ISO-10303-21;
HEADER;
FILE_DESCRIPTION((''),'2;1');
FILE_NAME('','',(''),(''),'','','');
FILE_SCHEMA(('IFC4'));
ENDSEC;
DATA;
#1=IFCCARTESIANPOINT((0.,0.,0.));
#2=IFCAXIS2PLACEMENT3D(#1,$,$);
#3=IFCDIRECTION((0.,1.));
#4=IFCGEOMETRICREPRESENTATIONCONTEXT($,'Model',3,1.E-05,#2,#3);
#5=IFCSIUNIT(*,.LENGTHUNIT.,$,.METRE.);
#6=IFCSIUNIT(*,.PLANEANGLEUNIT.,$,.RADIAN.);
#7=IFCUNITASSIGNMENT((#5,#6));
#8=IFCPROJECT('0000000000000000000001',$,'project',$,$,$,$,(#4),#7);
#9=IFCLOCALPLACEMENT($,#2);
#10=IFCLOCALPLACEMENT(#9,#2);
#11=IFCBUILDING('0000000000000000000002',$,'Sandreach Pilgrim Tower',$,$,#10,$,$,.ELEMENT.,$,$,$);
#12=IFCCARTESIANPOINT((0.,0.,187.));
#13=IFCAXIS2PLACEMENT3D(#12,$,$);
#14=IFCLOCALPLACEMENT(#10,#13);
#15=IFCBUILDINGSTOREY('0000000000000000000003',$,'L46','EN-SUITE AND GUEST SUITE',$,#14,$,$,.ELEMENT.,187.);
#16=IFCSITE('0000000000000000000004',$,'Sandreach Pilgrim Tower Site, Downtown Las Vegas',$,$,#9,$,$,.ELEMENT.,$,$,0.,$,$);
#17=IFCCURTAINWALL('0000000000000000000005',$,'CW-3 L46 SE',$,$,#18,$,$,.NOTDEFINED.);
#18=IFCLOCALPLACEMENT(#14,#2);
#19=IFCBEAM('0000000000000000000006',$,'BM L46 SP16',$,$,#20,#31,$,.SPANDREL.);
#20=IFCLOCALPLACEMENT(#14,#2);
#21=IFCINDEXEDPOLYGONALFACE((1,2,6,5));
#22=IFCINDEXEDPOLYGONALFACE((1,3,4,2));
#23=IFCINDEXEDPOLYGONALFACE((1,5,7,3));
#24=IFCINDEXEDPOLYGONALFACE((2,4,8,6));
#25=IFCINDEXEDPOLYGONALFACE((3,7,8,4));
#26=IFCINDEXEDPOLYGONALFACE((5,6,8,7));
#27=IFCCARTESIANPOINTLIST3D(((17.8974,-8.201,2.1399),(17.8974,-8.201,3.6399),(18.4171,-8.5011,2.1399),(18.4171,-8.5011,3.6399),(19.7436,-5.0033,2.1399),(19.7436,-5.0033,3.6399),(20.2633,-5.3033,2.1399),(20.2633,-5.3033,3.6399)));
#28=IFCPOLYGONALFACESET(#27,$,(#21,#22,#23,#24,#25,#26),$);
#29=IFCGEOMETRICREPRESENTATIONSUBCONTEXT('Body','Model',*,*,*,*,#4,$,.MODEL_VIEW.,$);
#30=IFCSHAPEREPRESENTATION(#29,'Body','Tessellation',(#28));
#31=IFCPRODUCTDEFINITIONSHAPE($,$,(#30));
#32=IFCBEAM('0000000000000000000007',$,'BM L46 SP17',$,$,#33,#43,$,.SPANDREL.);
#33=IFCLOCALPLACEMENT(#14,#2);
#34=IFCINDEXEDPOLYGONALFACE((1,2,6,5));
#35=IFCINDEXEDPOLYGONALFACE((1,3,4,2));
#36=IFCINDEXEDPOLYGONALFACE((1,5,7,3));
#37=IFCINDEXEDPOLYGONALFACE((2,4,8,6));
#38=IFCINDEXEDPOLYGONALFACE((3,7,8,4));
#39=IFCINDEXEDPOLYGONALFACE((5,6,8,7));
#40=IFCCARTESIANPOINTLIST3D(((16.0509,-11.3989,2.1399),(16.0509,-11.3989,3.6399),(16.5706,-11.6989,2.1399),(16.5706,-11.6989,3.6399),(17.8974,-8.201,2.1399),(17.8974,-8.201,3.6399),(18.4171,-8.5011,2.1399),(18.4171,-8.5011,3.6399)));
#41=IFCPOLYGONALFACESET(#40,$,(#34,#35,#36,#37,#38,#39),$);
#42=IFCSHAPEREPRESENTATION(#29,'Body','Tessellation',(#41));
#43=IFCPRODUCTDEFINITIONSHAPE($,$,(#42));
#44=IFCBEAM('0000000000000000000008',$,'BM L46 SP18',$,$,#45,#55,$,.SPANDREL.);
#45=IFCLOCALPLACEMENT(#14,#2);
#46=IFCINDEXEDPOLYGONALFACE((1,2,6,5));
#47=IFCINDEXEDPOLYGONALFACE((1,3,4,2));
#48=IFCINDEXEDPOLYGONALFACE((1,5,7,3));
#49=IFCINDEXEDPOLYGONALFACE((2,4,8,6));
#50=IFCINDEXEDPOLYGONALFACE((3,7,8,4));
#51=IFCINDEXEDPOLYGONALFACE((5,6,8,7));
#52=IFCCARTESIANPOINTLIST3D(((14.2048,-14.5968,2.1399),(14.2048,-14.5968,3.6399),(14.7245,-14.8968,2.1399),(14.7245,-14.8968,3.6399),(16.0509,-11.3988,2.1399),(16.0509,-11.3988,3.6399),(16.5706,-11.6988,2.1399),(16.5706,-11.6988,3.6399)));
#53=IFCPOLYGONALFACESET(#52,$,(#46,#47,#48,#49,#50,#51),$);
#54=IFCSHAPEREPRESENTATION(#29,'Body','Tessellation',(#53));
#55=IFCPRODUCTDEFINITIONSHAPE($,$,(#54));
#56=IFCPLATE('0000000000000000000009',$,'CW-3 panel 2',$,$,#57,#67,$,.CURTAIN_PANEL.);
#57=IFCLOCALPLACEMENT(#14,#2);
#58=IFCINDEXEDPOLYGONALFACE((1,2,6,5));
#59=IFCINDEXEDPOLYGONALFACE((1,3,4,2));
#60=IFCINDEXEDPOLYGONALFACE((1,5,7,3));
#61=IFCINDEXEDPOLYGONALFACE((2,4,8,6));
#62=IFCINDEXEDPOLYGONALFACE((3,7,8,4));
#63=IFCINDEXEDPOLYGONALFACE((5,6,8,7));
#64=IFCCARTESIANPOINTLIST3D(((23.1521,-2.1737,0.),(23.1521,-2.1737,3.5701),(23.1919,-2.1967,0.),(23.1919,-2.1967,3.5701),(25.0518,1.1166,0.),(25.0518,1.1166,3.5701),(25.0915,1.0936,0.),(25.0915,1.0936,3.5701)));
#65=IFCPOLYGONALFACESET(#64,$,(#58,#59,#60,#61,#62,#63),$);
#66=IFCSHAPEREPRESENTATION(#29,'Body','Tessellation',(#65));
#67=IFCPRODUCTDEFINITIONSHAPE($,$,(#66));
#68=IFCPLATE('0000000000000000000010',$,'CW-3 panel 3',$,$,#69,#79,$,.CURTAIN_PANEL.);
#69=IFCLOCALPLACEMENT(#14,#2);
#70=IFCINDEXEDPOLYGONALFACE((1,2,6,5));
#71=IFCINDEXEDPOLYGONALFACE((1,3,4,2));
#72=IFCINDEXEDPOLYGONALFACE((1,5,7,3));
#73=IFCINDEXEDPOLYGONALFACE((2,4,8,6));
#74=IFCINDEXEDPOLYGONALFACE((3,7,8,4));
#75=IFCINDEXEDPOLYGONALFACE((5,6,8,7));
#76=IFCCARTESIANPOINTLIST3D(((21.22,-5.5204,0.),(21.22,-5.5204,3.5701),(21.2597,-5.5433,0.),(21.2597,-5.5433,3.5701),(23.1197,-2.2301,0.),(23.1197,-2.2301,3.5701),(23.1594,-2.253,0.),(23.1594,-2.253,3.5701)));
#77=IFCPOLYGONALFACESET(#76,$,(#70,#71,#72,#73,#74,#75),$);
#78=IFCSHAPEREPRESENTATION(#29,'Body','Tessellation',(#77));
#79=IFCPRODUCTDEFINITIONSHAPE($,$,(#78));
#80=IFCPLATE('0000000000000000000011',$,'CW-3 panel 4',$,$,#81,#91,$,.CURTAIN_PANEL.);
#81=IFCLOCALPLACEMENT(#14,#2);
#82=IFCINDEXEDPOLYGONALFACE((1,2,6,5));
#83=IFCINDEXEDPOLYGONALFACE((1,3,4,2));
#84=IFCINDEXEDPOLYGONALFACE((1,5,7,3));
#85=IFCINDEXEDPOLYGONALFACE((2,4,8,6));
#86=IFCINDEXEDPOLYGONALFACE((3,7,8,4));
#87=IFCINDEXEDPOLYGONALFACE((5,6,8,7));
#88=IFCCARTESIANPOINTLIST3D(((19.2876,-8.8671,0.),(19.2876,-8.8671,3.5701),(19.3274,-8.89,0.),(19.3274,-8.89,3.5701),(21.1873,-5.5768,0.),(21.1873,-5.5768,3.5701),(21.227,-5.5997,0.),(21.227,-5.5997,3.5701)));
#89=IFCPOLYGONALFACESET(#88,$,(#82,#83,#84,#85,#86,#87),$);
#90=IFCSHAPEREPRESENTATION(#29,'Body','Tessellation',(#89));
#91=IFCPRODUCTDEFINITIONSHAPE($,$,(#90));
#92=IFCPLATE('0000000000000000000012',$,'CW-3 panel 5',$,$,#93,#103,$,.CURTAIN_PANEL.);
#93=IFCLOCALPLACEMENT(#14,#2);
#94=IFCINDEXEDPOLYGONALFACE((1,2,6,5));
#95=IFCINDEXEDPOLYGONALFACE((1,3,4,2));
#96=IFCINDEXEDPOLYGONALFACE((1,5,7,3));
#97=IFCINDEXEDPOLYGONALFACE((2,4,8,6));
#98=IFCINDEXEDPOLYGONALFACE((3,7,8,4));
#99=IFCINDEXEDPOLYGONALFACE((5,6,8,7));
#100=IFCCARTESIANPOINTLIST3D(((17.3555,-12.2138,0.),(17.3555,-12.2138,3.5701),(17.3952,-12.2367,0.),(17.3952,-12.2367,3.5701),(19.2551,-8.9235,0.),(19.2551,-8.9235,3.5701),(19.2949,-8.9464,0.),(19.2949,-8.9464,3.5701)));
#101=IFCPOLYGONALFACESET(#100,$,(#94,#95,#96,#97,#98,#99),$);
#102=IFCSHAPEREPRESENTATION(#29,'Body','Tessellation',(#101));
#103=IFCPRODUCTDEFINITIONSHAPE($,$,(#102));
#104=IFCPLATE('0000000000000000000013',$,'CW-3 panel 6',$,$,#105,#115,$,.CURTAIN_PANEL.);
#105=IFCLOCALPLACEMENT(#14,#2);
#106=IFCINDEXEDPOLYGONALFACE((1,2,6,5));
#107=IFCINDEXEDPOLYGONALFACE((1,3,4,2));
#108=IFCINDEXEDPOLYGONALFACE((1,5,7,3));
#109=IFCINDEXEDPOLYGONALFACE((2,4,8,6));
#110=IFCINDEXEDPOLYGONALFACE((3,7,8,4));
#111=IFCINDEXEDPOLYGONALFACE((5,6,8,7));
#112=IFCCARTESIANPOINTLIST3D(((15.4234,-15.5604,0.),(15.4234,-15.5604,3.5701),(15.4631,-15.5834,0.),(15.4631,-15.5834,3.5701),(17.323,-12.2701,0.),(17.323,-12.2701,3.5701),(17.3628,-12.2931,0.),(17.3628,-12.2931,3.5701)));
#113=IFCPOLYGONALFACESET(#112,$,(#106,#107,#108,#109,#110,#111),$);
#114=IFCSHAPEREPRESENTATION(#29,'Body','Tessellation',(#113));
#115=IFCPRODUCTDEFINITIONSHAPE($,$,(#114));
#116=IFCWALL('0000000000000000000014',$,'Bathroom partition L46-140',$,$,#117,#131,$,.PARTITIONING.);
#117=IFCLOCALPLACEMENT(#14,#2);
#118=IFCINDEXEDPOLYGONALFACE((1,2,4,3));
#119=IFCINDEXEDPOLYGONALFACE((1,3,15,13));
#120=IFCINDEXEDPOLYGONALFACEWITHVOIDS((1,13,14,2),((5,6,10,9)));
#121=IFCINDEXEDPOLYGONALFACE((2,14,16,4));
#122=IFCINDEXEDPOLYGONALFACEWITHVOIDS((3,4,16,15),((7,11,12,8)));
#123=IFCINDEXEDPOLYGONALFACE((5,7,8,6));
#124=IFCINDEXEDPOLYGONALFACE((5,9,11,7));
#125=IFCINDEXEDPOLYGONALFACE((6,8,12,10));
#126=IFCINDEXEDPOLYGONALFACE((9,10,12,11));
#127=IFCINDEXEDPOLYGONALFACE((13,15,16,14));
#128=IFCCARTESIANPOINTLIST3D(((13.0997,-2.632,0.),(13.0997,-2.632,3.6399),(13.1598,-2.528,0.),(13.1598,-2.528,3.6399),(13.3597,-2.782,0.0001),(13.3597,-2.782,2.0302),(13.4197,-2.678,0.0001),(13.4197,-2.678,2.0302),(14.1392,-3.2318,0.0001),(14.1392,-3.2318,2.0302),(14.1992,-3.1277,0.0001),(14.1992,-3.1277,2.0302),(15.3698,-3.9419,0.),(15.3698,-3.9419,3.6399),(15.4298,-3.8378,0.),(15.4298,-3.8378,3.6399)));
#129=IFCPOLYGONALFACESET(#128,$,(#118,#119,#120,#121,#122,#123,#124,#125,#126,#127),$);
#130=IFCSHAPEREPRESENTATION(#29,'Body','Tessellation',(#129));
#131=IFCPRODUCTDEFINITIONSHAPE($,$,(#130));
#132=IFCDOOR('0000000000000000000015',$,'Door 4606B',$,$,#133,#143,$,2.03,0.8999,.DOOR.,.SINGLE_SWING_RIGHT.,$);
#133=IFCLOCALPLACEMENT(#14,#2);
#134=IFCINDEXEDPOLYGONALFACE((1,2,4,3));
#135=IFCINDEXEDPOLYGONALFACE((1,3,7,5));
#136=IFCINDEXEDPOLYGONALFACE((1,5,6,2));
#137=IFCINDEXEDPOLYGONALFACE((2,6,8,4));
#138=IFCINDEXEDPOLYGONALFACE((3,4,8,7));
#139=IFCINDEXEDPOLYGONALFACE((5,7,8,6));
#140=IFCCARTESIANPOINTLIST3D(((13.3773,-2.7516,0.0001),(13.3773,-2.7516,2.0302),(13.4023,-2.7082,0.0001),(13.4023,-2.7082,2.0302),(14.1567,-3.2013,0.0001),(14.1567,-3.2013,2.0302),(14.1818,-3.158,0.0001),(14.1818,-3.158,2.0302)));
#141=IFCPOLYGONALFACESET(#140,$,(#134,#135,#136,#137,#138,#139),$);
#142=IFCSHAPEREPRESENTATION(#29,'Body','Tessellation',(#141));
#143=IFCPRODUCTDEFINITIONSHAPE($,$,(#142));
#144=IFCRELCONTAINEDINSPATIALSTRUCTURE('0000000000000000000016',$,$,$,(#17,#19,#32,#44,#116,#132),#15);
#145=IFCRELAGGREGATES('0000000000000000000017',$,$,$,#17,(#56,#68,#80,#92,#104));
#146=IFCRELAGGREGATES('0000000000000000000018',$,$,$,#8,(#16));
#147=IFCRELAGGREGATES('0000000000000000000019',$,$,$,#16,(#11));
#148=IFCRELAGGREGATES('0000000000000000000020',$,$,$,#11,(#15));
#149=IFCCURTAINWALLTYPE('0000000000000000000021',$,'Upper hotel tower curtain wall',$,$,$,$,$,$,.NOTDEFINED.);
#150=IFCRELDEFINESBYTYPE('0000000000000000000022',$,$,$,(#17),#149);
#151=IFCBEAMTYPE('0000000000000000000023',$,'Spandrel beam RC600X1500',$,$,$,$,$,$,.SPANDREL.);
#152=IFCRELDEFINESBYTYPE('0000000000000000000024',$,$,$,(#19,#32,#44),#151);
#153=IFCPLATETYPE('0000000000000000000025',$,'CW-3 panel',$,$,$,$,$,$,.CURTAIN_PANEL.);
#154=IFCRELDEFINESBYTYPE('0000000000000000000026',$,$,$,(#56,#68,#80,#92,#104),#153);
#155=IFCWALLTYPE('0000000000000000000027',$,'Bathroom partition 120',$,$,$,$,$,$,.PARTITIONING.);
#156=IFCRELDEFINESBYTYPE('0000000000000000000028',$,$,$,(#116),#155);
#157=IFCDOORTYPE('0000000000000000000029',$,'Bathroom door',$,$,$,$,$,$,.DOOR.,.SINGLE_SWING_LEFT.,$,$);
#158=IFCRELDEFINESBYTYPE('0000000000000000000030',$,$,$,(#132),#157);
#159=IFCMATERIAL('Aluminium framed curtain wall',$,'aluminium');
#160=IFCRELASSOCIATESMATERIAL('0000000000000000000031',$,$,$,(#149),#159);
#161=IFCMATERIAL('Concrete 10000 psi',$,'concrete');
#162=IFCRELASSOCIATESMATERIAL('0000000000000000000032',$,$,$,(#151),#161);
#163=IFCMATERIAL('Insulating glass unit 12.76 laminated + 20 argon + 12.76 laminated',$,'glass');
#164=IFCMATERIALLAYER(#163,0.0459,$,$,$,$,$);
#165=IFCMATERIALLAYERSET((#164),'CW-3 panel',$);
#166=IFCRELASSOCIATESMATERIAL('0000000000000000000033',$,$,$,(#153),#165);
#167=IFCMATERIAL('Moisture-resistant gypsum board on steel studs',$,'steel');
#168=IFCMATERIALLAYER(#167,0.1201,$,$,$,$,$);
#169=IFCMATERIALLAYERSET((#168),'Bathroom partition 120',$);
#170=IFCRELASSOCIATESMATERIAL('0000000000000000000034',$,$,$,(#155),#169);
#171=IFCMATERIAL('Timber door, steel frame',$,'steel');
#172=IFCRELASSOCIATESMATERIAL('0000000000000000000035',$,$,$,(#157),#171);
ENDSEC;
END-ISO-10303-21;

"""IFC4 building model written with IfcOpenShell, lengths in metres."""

from ifc_helpers import new_model, si_unit, direction, frame, frame_2d, origin, origin_2d, place, context, subcontext, project, spatial, rectangle, extrude, material, layer, layer_set, material_profile, profile_set, type_object, element, fill, aggregate, save


model = new_model("IFC4")

# Units and contexts
model_context = context("Model", 3, precision=1e-05, world=origin(), true_north=direction((0.0, 1.0)))
body_context = subcontext(model_context, "Body", "Model", "MODEL_VIEW")
ifc_project = project(units=[si_unit("LENGTHUNIT", "METRE"), si_unit("PLANEANGLEUNIT", "RADIAN")], contexts=[model_context])

# Site, building, storey
site_placement = place(None, origin())
site = spatial("IfcSite", under=ifc_project, at=site_placement, Name="Sandreach Pilgrim Tower Site, Downtown Las Vegas", CompositionType="ELEMENT", RefElevation=0.0)
building_placement = place(site_placement, origin())
building = spatial("IfcBuilding", under=site, at=building_placement, Name="Sandreach Pilgrim Tower", CompositionType="ELEMENT")
storey_placement = place(building_placement, frame((0.0, 0.0, 187.0)))
storey = spatial("IfcBuildingStorey", under=building, at=storey_placement, Name="L46", Description="EN-SUITE AND GUEST SUITE", CompositionType="ELEMENT", Elevation=187.0)

# Curtain wall
ifc_material_1 = material(Name="Aluminium framed curtain wall", Category="aluminium")
curtain_wall_type = type_object("IfcCurtainWallType", Name="Upper hotel tower curtain wall", PredefinedType="NOTDEFINED", material=ifc_material_1)
curtain_wall_placement = place(storey_placement, origin())
curtain_wall = element("IfcCurtainWall", 1, at=curtain_wall_placement, inside=storey, type_object=curtain_wall_type, Name="CW-3 L46 SE", PredefinedType="NOTDEFINED")

# Beams
ifc_material_2 = material(Name="Concrete 10000 psi", Category="concrete")
ifc_material_profile_1 = material_profile(ifc_material_2, rectangle(XDim=0.6001, YDim=1.5, at=origin_2d()), Name="RC600X1500")
ifc_profile_set_1 = profile_set([ifc_material_profile_1], Name="Concrete 10000 psi")
beam_type_1 = type_object("IfcBeamType", Name="Spandrel beam RC600X1500", PredefinedType="SPANDREL", material=ifc_profile_set_1)
for number, where, z_axis, x_axis, name in (
    (2, (20.0034, -5.1533, 2.8899), (-0.499993, -0.866029, 0.0), (0.866029, -0.499993, 0.0), "BM L46 SP16"),
):
    element("IfcBeam", number, at=place(storey_placement, frame(where, z_axis=z_axis, x_axis=x_axis)), inside=storey, type_object=beam_type_1, Name=name, PredefinedType="SPANDREL", context=body_context, shape_type="SweptSolid", body=[
        extrude(rectangle(XDim=0.6001, YDim=1.5, at=origin_2d()), origin(), (0.0, 0.0, 1.0), 3.6924),
    ])
for number, where, z_axis, x_axis, name in (
    (3, (18.1572, -8.3511, 2.8899), (-0.500043, -0.866001, 0.0), (0.866001, -0.500043, 0.0), "BM L46 SP17"),
    (4, (16.3108, -11.5488, 2.8899), (-0.499965, -0.866046, 0.0), (0.866046, -0.499965, 0.0), "BM L46 SP18"),
):
    element("IfcBeam", number, at=place(storey_placement, frame(where, z_axis=z_axis, x_axis=x_axis)), inside=storey, type_object=beam_type_1, Name=name, PredefinedType="SPANDREL", context=body_context, shape_type="SweptSolid", body=[
        extrude(rectangle(XDim=0.6001, YDim=1.5, at=origin_2d()), origin(), (0.0, 0.0, 1.0), 3.6926),
    ])

# Plates
ifc_material_3 = material(Name="Insulating glass unit 12.76 laminated + 20 argon + 12.76 laminated", Category="glass")
ifc_layer_1 = layer(ifc_material_3, 0.0459)
ifc_layer_set_1 = layer_set([ifc_layer_1], Name="CW-3 panel")
plate_type = type_object("IfcPlateType", Name="CW-3 panel", PredefinedType="CURTAIN_PANEL", material=ifc_layer_set_1)
plate_1_placement = place(storey_placement, frame((24.1218, -0.54, 0.0), z_axis=(0.0, 0.0, 1.0), x_axis=(-0.5, -0.866025, 0.0)))
plate_1 = element("IfcPlate", 5, at=plate_1_placement, type_object=plate_type, Name="CW-3 panel 2", PredefinedType="CURTAIN_PANEL", context=body_context, shape_type="SweptSolid", body=[
    extrude(rectangle(XDim=3.7993, YDim=0.0459, at=origin_2d()), origin(), (0.0, 0.0, 1.0), 3.5701),
])
plate_2_placement = place(storey_placement, frame((22.1897, -3.8867, 0.0), z_axis=(0.0, 0.0, 1.0), x_axis=(-0.5, -0.866025, 0.0)))
plate_2 = element("IfcPlate", 6, at=plate_2_placement, type_object=plate_type, Name="CW-3 panel 3", PredefinedType="CURTAIN_PANEL", context=body_context, shape_type="SweptSolid", body=[
    extrude(rectangle(XDim=3.7993, YDim=0.0459, at=origin_2d()), origin(), (0.0, 0.0, 1.0), 3.5701),
])
plate_3_placement = place(storey_placement, frame((20.2573, -7.2334, 0.0), z_axis=(0.0, 0.0, 1.0), x_axis=(-0.5, -0.866025, 0.0)))
plate_3 = element("IfcPlate", 7, at=plate_3_placement, type_object=plate_type, Name="CW-3 panel 4", PredefinedType="CURTAIN_PANEL", context=body_context, shape_type="SweptSolid", body=[
    extrude(rectangle(XDim=3.7993, YDim=0.0459, at=origin_2d()), origin(), (0.0, 0.0, 1.0), 3.5701),
])
plate_4_placement = place(storey_placement, frame((18.3252, -10.5801, 0.0), z_axis=(0.0, 0.0, 1.0), x_axis=(-0.5, -0.866025, 0.0)))
plate_4 = element("IfcPlate", 8, at=plate_4_placement, type_object=plate_type, Name="CW-3 panel 5", PredefinedType="CURTAIN_PANEL", context=body_context, shape_type="SweptSolid", body=[
    extrude(rectangle(XDim=3.7993, YDim=0.0459, at=origin_2d()), origin(), (0.0, 0.0, 1.0), 3.5701),
])
plate_5_placement = place(storey_placement, frame((16.3931, -13.9268, 0.0), z_axis=(0.0, 0.0, 1.0), x_axis=(-0.5, -0.866025, 0.0)))
plate_5 = element("IfcPlate", 9, at=plate_5_placement, type_object=plate_type, Name="CW-3 panel 6", PredefinedType="CURTAIN_PANEL", context=body_context, shape_type="SweptSolid", body=[
    extrude(rectangle(XDim=3.7993, YDim=0.0459, at=origin_2d()), origin(), (0.0, 0.0, 1.0), 3.5701),
])
aggregate(curtain_wall, [plate_1, plate_2, plate_3, plate_4, plate_5])

# Wall, opening, door
ifc_material_4 = material(Name="Moisture-resistant gypsum board on steel studs", Category="steel")
ifc_layer_2 = layer(ifc_material_4, 0.1201)
ifc_layer_set_2 = layer_set([ifc_layer_2], Name="Bathroom partition 120")
wall_type = type_object("IfcWallType", Name="Bathroom partition 120", PredefinedType="PARTITIONING", material=ifc_layer_set_2)
wall_placement = place(storey_placement, frame((15.3999, -3.8899, 0.0), z_axis=(0.0, 0.0, 1.0), x_axis=(-0.866155, 0.499776, 0.0)))
wall = element("IfcWall", 10, at=wall_placement, inside=storey, type_object=wall_type, Name="Bathroom partition L46-140", PredefinedType="PARTITIONING", context=body_context, shape_type="SweptSolid", body=[
    extrude(rectangle(XDim=2.6208, YDim=0.1201, at=frame_2d((1.3105, 0.0))), origin(), (0.0, 0.0, 1.0), 3.6399),
])
opening_placement = place(wall_placement, frame((1.4209, 0.0, 0.0)))
opening = element("IfcOpeningElement", 11, at=opening_placement, cuts=wall, PredefinedType="OPENING", context=body_context, shape_type="SweptSolid", body=[
    extrude(rectangle(XDim=0.8999, YDim=2.03, at=frame_2d((0.45, 1.0151))), frame((0.0, 0.0601, 0.0), z_axis=(0.0, -1.0, 0.0), x_axis=(1.0, 0.0, 0.0)), (0.0, 0.0, 1.0), 0.1201),
])
ifc_material_5 = material(Name="Timber door, steel frame", Category="steel")
door_type = type_object("IfcDoorType", Name="Bathroom door", OperationType="SINGLE_SWING_LEFT", PredefinedType="DOOR", material=ifc_material_5)
door_placement = place(opening_placement, origin())
door = element("IfcDoor", 12, at=door_placement, inside=storey, type_object=door_type, Name="Door 4606B", OperationType="SINGLE_SWING_RIGHT", OverallHeight=2.03, OverallWidth=0.8999, PredefinedType="DOOR", context=body_context, shape_type="SweptSolid", body=[
    extrude(rectangle(XDim=0.8999, YDim=2.03, at=frame_2d((0.45, 1.0151))), frame((0.0, 0.0249, 0.0), z_axis=(0.0, -1.0, 0.0), x_axis=(1.0, 0.0, 0.0)), (0.0, 0.0, 1.0), 0.05),
])
fill(opening, door)

save(model, "model.ifc")
